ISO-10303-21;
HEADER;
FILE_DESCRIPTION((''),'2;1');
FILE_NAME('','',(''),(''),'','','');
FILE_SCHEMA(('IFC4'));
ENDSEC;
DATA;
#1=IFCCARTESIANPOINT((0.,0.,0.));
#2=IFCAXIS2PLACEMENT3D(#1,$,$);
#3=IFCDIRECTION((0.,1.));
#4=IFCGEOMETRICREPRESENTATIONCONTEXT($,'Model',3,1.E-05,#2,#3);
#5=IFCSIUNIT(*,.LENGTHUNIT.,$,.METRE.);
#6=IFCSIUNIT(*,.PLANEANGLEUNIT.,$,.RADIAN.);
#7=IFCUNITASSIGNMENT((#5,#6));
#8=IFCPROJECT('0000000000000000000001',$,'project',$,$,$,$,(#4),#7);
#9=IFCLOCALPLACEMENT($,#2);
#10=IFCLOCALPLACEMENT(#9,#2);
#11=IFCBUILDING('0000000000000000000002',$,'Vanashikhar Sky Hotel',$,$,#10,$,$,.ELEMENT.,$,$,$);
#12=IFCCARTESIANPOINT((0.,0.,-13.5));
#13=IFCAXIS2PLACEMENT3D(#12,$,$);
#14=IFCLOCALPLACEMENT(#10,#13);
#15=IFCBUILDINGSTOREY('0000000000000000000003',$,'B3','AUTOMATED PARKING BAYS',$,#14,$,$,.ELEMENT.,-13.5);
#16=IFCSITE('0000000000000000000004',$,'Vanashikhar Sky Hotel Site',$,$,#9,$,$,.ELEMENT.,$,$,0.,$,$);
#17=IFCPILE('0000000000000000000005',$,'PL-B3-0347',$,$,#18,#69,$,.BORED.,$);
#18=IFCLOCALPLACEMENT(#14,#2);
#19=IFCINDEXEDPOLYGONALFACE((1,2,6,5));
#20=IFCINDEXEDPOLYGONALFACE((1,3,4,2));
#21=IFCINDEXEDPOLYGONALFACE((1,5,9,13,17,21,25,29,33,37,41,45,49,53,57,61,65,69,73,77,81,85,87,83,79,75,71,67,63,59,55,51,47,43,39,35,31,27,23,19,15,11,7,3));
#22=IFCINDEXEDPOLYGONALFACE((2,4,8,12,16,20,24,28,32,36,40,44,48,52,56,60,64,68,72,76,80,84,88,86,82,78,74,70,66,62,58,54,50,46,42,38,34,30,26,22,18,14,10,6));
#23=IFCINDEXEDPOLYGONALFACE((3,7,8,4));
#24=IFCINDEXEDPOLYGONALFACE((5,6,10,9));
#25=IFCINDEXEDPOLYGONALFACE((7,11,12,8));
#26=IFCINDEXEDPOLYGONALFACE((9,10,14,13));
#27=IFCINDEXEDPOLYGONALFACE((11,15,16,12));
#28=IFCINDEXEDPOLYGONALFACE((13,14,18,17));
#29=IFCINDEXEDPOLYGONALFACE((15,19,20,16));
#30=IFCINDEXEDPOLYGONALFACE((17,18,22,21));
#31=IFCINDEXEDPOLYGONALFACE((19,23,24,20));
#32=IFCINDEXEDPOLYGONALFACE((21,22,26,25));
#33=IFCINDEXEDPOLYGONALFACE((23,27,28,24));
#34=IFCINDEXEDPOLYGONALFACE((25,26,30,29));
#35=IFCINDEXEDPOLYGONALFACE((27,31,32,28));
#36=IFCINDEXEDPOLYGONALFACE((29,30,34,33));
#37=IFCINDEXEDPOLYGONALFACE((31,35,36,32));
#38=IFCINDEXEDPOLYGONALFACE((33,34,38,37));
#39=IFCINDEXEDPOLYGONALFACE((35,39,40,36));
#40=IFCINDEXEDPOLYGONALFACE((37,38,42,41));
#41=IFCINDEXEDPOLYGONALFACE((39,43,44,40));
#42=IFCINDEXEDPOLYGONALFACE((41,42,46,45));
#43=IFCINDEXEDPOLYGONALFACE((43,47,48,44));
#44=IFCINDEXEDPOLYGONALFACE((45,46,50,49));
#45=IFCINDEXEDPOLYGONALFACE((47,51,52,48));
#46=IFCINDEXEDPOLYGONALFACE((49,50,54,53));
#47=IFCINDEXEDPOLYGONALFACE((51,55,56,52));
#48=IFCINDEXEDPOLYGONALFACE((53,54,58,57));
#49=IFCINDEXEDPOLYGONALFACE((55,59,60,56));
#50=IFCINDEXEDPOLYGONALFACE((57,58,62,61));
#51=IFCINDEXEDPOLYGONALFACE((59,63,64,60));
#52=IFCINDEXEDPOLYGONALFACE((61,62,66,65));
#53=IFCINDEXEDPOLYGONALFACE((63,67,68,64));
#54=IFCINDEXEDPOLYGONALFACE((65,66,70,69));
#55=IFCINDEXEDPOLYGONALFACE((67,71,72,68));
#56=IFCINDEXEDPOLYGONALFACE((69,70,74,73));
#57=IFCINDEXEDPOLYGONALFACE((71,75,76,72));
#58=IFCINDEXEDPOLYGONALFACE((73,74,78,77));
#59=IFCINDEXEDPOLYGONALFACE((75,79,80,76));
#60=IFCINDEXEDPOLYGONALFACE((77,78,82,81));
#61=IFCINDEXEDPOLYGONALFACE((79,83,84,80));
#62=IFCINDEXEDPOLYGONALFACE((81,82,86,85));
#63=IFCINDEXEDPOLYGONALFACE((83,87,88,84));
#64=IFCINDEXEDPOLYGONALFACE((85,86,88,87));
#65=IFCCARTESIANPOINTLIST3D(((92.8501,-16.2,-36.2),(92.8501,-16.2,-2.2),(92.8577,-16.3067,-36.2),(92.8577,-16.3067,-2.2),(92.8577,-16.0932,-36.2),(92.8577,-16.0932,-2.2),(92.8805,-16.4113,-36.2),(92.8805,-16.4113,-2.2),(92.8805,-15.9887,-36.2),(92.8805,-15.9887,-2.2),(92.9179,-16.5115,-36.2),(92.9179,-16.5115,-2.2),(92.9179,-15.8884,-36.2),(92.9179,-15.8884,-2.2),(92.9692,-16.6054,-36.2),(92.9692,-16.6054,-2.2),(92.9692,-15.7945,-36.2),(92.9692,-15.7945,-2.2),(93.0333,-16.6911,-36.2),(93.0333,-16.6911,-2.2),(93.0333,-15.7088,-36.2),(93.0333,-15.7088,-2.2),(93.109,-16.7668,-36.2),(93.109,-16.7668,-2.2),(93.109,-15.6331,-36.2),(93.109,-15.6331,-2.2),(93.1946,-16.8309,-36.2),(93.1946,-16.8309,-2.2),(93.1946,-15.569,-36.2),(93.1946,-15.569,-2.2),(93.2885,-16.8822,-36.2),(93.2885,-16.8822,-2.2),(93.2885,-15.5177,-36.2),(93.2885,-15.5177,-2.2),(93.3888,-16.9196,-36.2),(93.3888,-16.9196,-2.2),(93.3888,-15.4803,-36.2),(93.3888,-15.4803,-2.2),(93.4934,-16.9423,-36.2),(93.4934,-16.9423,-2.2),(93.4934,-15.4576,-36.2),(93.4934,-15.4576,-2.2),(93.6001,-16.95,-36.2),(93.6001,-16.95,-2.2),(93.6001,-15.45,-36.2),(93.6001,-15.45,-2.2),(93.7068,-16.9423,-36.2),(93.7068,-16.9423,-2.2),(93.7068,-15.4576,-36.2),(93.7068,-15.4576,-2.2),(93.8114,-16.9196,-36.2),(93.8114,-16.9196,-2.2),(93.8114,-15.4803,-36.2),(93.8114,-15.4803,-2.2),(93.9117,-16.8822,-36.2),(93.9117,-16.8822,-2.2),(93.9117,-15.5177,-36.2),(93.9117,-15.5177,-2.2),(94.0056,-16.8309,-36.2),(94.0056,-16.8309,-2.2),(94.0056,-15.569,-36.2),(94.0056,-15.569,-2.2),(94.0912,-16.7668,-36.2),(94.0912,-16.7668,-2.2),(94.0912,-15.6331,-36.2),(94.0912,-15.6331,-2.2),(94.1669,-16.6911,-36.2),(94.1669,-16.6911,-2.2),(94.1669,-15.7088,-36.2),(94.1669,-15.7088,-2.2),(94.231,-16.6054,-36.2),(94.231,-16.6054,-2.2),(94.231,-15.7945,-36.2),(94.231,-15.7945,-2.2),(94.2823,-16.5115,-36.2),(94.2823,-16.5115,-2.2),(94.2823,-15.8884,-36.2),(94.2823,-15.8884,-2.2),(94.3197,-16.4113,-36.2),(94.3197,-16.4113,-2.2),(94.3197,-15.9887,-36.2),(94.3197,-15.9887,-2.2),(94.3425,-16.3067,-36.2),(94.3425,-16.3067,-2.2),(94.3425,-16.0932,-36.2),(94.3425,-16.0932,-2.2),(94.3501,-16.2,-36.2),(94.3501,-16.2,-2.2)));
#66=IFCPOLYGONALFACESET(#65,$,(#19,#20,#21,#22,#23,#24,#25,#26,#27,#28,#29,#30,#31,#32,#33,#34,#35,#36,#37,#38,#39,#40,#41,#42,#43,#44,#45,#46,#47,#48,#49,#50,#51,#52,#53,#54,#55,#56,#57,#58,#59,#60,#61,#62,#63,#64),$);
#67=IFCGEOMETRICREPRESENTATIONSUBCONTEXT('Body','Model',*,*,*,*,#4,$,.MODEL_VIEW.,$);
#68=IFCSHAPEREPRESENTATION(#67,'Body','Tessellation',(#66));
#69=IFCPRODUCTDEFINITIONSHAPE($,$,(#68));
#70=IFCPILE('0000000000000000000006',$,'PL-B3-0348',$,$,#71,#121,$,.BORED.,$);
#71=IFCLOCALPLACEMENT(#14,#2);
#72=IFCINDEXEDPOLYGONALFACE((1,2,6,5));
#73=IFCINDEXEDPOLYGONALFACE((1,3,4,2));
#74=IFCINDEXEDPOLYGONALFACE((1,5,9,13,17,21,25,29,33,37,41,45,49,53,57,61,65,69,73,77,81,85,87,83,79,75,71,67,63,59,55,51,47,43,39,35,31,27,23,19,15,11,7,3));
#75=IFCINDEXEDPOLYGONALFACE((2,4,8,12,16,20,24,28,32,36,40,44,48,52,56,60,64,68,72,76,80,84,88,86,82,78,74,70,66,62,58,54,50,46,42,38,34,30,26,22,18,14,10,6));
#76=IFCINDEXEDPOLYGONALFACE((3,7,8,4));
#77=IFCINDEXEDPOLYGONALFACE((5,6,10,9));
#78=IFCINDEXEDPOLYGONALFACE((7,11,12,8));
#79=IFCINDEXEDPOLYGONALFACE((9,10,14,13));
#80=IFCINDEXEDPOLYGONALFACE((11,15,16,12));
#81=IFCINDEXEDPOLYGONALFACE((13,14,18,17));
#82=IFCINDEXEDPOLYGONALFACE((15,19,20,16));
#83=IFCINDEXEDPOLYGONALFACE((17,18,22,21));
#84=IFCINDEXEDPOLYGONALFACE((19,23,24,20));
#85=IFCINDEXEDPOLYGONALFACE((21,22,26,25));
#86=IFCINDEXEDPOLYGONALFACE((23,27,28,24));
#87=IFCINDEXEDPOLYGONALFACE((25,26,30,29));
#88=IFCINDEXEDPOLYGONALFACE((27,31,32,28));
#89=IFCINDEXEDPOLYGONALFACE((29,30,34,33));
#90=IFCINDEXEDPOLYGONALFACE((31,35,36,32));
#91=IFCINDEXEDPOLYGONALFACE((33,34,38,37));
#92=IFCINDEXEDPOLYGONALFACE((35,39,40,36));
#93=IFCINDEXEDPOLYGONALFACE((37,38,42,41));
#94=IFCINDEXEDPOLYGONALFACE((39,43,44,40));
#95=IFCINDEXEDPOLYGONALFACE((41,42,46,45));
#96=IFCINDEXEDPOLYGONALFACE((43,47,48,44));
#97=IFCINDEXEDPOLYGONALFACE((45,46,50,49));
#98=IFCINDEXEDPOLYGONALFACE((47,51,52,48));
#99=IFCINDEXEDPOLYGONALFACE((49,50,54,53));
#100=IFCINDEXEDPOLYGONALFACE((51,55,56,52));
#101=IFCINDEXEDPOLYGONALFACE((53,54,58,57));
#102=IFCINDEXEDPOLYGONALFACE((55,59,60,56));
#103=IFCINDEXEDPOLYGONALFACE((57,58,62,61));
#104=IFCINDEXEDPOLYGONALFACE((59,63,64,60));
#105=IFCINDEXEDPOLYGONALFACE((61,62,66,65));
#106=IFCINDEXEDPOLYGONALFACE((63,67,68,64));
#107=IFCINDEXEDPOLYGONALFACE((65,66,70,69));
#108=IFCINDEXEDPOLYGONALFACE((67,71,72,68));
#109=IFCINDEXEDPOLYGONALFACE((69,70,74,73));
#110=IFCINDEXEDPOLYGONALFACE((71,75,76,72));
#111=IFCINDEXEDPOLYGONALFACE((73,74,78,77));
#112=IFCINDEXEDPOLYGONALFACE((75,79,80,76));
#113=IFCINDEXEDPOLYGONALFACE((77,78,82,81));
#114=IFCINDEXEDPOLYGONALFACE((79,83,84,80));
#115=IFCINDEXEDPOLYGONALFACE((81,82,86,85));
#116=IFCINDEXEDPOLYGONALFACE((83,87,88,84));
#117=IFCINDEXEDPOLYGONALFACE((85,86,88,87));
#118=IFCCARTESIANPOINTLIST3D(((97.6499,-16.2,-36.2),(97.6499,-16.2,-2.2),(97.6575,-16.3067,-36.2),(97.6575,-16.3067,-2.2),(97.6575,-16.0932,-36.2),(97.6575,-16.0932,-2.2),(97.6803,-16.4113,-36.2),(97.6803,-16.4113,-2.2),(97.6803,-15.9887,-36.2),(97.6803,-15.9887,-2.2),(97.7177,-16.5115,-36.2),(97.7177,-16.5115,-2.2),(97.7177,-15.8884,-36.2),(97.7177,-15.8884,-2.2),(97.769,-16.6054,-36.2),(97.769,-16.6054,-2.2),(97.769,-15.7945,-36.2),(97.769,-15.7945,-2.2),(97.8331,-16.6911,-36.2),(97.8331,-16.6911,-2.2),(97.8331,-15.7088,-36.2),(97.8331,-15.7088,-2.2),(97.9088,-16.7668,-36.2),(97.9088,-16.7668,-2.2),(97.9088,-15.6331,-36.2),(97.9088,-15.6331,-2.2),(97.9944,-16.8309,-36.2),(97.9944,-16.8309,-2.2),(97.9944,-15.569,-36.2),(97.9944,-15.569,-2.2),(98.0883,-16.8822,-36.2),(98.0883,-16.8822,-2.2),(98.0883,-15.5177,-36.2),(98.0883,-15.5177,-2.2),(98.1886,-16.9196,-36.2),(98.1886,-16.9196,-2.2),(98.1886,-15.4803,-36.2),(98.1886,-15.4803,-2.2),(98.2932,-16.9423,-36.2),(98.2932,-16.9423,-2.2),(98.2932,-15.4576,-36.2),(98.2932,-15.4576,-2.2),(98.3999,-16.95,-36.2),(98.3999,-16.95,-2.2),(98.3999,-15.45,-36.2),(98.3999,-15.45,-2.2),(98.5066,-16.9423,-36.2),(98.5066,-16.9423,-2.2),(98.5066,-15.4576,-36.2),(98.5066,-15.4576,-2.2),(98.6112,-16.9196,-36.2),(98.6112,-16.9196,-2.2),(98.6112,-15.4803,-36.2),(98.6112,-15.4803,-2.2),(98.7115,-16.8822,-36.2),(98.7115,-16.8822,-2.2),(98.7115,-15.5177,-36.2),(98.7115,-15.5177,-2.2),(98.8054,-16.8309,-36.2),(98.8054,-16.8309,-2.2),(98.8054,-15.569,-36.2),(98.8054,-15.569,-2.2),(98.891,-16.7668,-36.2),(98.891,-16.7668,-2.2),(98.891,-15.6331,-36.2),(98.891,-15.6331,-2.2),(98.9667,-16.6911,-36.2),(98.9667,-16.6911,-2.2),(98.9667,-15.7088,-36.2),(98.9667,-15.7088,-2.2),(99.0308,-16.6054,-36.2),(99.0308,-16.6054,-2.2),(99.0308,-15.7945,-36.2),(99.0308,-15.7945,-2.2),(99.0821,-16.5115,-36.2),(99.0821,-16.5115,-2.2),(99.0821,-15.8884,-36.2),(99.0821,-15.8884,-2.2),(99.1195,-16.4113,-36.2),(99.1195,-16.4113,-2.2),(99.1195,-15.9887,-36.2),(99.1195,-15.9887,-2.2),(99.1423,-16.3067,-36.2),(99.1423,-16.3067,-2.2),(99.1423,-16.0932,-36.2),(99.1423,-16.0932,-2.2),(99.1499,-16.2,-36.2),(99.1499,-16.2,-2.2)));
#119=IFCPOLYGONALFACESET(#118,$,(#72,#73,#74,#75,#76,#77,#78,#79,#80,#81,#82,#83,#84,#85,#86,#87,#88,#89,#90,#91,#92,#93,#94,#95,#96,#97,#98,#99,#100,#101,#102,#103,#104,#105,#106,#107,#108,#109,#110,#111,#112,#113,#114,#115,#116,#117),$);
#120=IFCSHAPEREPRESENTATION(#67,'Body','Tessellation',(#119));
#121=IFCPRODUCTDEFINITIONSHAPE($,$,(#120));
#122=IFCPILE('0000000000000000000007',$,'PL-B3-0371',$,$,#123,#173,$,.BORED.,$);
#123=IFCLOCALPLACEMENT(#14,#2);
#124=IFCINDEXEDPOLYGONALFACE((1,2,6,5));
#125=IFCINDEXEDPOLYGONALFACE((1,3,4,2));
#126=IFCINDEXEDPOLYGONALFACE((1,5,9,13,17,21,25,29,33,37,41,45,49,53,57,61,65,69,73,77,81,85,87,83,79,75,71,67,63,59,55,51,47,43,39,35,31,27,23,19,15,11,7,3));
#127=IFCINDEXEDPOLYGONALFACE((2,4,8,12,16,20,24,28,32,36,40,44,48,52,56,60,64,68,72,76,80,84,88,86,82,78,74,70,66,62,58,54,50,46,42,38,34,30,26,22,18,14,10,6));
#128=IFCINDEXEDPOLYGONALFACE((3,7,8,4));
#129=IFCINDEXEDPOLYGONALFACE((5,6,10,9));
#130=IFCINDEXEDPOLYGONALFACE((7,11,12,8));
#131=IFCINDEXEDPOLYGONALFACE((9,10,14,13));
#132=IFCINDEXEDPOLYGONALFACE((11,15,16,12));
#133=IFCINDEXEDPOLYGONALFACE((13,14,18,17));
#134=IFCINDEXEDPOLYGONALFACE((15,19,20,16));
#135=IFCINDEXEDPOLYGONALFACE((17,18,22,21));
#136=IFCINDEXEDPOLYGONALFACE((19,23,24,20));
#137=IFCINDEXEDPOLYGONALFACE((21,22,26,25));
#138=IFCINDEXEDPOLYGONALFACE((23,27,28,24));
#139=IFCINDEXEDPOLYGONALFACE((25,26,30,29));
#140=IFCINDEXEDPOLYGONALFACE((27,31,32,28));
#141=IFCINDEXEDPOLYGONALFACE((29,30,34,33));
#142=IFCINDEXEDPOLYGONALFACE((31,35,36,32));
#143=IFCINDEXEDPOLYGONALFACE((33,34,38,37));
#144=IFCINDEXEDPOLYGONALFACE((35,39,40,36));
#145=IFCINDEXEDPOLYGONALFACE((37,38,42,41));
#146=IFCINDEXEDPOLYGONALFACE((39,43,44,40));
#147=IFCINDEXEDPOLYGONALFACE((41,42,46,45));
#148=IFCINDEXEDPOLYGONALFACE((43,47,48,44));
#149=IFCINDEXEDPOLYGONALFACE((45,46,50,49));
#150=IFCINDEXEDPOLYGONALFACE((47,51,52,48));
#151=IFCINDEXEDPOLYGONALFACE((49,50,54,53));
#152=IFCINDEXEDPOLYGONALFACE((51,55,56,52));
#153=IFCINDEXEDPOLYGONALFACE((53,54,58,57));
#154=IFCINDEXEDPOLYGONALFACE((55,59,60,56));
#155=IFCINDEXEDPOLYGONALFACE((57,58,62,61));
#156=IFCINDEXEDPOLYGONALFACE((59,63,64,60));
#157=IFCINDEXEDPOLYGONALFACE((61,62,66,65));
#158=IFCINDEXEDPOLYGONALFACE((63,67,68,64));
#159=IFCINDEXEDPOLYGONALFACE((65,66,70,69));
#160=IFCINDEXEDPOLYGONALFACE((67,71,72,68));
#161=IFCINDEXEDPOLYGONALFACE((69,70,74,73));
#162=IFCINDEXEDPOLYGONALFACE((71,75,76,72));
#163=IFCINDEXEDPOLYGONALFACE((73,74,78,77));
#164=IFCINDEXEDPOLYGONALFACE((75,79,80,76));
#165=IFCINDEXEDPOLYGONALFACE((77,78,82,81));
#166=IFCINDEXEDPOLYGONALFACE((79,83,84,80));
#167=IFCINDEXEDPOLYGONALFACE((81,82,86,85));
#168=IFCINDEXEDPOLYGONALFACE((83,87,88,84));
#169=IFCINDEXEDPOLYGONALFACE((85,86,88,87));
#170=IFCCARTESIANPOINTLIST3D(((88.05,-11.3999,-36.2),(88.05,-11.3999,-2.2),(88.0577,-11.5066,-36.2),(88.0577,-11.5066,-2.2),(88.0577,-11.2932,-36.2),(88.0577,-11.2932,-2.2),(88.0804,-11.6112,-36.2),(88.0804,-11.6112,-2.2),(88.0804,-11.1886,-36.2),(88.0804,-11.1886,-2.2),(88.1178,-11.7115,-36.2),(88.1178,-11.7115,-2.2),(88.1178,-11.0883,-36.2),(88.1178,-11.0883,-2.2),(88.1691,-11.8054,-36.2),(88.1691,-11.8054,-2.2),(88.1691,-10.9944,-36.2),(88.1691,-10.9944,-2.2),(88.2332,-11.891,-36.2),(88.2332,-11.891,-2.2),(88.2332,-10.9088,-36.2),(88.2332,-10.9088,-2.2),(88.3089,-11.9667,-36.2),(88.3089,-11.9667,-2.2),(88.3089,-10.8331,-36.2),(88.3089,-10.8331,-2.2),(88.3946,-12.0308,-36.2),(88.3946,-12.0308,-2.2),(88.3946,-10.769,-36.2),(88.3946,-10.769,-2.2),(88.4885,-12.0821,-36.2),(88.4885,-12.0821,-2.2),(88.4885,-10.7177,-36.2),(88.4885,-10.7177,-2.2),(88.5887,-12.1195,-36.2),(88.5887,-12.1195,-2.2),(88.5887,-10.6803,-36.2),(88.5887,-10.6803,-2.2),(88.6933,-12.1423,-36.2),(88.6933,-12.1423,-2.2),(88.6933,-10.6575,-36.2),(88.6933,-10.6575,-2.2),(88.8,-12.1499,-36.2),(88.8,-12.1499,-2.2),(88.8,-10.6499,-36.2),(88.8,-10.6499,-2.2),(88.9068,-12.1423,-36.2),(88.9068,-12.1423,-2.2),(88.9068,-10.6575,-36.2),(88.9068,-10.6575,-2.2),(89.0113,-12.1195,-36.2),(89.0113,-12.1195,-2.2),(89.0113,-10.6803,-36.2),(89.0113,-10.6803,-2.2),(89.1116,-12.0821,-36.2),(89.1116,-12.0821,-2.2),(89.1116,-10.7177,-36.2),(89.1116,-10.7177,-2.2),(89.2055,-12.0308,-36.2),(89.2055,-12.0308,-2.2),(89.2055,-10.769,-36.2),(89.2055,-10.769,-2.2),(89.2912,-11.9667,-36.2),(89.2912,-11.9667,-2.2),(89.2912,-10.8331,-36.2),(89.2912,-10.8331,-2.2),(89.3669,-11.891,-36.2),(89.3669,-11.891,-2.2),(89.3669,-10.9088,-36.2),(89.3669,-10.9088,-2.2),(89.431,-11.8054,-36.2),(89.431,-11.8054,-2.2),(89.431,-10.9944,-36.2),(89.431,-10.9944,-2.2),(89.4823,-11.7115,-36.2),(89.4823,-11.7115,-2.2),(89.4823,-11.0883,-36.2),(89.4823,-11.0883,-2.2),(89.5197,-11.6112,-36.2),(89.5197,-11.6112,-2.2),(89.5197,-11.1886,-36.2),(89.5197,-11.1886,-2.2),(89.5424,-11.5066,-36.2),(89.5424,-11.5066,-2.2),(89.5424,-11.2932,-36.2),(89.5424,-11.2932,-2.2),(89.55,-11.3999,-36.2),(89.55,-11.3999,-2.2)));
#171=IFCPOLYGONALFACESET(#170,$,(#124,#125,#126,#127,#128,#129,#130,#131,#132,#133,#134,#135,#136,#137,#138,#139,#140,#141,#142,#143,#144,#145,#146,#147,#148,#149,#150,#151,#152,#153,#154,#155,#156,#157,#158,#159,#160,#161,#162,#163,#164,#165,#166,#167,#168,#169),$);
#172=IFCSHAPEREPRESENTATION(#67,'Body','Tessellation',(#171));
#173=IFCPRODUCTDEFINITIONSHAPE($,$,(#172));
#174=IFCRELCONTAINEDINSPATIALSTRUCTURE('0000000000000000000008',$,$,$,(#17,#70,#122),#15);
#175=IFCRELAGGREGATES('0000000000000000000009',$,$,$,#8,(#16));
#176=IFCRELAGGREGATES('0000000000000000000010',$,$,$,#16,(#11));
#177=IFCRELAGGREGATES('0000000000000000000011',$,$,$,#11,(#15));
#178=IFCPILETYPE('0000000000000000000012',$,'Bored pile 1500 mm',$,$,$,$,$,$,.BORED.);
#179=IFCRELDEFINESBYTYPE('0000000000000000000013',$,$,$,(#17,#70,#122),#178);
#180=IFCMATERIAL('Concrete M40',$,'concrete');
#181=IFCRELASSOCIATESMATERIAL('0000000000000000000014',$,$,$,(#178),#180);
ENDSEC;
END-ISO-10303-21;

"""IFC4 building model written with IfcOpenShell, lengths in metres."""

from ifc_helpers import new_model, si_unit, direction, frame, origin, origin_2d, place, context, subcontext, project, spatial, circle, extrude, source, transform, mapped, material, type_object, element, save


model = new_model("IFC4")

# Units and contexts
model_context = context("Model", 3, precision=1e-05, world=origin(), true_north=direction((0.0, 1.0)))
body_context = subcontext(model_context, "Body", "Model", "MODEL_VIEW")
ifc_project = project(units=[si_unit("LENGTHUNIT", "METRE"), si_unit("PLANEANGLEUNIT", "RADIAN")], contexts=[model_context])

# Site, building, storey
site_placement = place(None, origin())
site = spatial("IfcSite", under=ifc_project, at=site_placement, Name="Vanashikhar Sky Hotel Site", CompositionType="ELEMENT", RefElevation=0.0)
building_placement = place(site_placement, origin())
building = spatial("IfcBuilding", under=site, at=building_placement, Name="Vanashikhar Sky Hotel", CompositionType="ELEMENT")
storey_placement = place(building_placement, frame((0.0, 0.0, -13.5)))
storey = spatial("IfcBuildingStorey", under=building, at=storey_placement, Name="B3", Description="AUTOMATED PARKING BAYS", CompositionType="ELEMENT", Elevation=-13.5)

# Piles
ifc_material_1 = material(Name="Concrete M40", Category="concrete")
pile_type_1 = type_object("IfcPileType", Name="Bored pile 1500 mm", PredefinedType="BORED", material=ifc_material_1)
shared_shape_1 = source(origin(), body_context, "Body", "SweptSolid", [
    extrude(circle(Radius=0.75, at=origin_2d()), origin(), (0.0, 0.0, 1.0), 34.0),
])
for number, where, z_axis, x_axis, name in (
    (1, (93.6001, -16.2, -2.2), (0.0, 0.0, -1.0), (1.0, 0.0, 0.0), "PL-B3-0347"),
    (2, (98.3999, -16.2, -2.2), (0.0, 0.0, -1.0), (1.0, 0.0, 0.0), "PL-B3-0348"),
    (3, (88.8, -11.3999, -2.2), (0.0, 0.0, -1.0), (1.0, 0.0, 0.0), "PL-B3-0371"),
):
    element("IfcPile", number, at=place(storey_placement, frame(where, z_axis=z_axis, x_axis=x_axis)), inside=storey, type_object=pile_type_1, Name=name, PredefinedType="BORED", context=body_context, shape_type="MappedRepresentation", body=[
        mapped(shared_shape_1, transform((0.0, 0.0, 0.0), scale=1.0)),
    ])

save(model, "model.ifc")
